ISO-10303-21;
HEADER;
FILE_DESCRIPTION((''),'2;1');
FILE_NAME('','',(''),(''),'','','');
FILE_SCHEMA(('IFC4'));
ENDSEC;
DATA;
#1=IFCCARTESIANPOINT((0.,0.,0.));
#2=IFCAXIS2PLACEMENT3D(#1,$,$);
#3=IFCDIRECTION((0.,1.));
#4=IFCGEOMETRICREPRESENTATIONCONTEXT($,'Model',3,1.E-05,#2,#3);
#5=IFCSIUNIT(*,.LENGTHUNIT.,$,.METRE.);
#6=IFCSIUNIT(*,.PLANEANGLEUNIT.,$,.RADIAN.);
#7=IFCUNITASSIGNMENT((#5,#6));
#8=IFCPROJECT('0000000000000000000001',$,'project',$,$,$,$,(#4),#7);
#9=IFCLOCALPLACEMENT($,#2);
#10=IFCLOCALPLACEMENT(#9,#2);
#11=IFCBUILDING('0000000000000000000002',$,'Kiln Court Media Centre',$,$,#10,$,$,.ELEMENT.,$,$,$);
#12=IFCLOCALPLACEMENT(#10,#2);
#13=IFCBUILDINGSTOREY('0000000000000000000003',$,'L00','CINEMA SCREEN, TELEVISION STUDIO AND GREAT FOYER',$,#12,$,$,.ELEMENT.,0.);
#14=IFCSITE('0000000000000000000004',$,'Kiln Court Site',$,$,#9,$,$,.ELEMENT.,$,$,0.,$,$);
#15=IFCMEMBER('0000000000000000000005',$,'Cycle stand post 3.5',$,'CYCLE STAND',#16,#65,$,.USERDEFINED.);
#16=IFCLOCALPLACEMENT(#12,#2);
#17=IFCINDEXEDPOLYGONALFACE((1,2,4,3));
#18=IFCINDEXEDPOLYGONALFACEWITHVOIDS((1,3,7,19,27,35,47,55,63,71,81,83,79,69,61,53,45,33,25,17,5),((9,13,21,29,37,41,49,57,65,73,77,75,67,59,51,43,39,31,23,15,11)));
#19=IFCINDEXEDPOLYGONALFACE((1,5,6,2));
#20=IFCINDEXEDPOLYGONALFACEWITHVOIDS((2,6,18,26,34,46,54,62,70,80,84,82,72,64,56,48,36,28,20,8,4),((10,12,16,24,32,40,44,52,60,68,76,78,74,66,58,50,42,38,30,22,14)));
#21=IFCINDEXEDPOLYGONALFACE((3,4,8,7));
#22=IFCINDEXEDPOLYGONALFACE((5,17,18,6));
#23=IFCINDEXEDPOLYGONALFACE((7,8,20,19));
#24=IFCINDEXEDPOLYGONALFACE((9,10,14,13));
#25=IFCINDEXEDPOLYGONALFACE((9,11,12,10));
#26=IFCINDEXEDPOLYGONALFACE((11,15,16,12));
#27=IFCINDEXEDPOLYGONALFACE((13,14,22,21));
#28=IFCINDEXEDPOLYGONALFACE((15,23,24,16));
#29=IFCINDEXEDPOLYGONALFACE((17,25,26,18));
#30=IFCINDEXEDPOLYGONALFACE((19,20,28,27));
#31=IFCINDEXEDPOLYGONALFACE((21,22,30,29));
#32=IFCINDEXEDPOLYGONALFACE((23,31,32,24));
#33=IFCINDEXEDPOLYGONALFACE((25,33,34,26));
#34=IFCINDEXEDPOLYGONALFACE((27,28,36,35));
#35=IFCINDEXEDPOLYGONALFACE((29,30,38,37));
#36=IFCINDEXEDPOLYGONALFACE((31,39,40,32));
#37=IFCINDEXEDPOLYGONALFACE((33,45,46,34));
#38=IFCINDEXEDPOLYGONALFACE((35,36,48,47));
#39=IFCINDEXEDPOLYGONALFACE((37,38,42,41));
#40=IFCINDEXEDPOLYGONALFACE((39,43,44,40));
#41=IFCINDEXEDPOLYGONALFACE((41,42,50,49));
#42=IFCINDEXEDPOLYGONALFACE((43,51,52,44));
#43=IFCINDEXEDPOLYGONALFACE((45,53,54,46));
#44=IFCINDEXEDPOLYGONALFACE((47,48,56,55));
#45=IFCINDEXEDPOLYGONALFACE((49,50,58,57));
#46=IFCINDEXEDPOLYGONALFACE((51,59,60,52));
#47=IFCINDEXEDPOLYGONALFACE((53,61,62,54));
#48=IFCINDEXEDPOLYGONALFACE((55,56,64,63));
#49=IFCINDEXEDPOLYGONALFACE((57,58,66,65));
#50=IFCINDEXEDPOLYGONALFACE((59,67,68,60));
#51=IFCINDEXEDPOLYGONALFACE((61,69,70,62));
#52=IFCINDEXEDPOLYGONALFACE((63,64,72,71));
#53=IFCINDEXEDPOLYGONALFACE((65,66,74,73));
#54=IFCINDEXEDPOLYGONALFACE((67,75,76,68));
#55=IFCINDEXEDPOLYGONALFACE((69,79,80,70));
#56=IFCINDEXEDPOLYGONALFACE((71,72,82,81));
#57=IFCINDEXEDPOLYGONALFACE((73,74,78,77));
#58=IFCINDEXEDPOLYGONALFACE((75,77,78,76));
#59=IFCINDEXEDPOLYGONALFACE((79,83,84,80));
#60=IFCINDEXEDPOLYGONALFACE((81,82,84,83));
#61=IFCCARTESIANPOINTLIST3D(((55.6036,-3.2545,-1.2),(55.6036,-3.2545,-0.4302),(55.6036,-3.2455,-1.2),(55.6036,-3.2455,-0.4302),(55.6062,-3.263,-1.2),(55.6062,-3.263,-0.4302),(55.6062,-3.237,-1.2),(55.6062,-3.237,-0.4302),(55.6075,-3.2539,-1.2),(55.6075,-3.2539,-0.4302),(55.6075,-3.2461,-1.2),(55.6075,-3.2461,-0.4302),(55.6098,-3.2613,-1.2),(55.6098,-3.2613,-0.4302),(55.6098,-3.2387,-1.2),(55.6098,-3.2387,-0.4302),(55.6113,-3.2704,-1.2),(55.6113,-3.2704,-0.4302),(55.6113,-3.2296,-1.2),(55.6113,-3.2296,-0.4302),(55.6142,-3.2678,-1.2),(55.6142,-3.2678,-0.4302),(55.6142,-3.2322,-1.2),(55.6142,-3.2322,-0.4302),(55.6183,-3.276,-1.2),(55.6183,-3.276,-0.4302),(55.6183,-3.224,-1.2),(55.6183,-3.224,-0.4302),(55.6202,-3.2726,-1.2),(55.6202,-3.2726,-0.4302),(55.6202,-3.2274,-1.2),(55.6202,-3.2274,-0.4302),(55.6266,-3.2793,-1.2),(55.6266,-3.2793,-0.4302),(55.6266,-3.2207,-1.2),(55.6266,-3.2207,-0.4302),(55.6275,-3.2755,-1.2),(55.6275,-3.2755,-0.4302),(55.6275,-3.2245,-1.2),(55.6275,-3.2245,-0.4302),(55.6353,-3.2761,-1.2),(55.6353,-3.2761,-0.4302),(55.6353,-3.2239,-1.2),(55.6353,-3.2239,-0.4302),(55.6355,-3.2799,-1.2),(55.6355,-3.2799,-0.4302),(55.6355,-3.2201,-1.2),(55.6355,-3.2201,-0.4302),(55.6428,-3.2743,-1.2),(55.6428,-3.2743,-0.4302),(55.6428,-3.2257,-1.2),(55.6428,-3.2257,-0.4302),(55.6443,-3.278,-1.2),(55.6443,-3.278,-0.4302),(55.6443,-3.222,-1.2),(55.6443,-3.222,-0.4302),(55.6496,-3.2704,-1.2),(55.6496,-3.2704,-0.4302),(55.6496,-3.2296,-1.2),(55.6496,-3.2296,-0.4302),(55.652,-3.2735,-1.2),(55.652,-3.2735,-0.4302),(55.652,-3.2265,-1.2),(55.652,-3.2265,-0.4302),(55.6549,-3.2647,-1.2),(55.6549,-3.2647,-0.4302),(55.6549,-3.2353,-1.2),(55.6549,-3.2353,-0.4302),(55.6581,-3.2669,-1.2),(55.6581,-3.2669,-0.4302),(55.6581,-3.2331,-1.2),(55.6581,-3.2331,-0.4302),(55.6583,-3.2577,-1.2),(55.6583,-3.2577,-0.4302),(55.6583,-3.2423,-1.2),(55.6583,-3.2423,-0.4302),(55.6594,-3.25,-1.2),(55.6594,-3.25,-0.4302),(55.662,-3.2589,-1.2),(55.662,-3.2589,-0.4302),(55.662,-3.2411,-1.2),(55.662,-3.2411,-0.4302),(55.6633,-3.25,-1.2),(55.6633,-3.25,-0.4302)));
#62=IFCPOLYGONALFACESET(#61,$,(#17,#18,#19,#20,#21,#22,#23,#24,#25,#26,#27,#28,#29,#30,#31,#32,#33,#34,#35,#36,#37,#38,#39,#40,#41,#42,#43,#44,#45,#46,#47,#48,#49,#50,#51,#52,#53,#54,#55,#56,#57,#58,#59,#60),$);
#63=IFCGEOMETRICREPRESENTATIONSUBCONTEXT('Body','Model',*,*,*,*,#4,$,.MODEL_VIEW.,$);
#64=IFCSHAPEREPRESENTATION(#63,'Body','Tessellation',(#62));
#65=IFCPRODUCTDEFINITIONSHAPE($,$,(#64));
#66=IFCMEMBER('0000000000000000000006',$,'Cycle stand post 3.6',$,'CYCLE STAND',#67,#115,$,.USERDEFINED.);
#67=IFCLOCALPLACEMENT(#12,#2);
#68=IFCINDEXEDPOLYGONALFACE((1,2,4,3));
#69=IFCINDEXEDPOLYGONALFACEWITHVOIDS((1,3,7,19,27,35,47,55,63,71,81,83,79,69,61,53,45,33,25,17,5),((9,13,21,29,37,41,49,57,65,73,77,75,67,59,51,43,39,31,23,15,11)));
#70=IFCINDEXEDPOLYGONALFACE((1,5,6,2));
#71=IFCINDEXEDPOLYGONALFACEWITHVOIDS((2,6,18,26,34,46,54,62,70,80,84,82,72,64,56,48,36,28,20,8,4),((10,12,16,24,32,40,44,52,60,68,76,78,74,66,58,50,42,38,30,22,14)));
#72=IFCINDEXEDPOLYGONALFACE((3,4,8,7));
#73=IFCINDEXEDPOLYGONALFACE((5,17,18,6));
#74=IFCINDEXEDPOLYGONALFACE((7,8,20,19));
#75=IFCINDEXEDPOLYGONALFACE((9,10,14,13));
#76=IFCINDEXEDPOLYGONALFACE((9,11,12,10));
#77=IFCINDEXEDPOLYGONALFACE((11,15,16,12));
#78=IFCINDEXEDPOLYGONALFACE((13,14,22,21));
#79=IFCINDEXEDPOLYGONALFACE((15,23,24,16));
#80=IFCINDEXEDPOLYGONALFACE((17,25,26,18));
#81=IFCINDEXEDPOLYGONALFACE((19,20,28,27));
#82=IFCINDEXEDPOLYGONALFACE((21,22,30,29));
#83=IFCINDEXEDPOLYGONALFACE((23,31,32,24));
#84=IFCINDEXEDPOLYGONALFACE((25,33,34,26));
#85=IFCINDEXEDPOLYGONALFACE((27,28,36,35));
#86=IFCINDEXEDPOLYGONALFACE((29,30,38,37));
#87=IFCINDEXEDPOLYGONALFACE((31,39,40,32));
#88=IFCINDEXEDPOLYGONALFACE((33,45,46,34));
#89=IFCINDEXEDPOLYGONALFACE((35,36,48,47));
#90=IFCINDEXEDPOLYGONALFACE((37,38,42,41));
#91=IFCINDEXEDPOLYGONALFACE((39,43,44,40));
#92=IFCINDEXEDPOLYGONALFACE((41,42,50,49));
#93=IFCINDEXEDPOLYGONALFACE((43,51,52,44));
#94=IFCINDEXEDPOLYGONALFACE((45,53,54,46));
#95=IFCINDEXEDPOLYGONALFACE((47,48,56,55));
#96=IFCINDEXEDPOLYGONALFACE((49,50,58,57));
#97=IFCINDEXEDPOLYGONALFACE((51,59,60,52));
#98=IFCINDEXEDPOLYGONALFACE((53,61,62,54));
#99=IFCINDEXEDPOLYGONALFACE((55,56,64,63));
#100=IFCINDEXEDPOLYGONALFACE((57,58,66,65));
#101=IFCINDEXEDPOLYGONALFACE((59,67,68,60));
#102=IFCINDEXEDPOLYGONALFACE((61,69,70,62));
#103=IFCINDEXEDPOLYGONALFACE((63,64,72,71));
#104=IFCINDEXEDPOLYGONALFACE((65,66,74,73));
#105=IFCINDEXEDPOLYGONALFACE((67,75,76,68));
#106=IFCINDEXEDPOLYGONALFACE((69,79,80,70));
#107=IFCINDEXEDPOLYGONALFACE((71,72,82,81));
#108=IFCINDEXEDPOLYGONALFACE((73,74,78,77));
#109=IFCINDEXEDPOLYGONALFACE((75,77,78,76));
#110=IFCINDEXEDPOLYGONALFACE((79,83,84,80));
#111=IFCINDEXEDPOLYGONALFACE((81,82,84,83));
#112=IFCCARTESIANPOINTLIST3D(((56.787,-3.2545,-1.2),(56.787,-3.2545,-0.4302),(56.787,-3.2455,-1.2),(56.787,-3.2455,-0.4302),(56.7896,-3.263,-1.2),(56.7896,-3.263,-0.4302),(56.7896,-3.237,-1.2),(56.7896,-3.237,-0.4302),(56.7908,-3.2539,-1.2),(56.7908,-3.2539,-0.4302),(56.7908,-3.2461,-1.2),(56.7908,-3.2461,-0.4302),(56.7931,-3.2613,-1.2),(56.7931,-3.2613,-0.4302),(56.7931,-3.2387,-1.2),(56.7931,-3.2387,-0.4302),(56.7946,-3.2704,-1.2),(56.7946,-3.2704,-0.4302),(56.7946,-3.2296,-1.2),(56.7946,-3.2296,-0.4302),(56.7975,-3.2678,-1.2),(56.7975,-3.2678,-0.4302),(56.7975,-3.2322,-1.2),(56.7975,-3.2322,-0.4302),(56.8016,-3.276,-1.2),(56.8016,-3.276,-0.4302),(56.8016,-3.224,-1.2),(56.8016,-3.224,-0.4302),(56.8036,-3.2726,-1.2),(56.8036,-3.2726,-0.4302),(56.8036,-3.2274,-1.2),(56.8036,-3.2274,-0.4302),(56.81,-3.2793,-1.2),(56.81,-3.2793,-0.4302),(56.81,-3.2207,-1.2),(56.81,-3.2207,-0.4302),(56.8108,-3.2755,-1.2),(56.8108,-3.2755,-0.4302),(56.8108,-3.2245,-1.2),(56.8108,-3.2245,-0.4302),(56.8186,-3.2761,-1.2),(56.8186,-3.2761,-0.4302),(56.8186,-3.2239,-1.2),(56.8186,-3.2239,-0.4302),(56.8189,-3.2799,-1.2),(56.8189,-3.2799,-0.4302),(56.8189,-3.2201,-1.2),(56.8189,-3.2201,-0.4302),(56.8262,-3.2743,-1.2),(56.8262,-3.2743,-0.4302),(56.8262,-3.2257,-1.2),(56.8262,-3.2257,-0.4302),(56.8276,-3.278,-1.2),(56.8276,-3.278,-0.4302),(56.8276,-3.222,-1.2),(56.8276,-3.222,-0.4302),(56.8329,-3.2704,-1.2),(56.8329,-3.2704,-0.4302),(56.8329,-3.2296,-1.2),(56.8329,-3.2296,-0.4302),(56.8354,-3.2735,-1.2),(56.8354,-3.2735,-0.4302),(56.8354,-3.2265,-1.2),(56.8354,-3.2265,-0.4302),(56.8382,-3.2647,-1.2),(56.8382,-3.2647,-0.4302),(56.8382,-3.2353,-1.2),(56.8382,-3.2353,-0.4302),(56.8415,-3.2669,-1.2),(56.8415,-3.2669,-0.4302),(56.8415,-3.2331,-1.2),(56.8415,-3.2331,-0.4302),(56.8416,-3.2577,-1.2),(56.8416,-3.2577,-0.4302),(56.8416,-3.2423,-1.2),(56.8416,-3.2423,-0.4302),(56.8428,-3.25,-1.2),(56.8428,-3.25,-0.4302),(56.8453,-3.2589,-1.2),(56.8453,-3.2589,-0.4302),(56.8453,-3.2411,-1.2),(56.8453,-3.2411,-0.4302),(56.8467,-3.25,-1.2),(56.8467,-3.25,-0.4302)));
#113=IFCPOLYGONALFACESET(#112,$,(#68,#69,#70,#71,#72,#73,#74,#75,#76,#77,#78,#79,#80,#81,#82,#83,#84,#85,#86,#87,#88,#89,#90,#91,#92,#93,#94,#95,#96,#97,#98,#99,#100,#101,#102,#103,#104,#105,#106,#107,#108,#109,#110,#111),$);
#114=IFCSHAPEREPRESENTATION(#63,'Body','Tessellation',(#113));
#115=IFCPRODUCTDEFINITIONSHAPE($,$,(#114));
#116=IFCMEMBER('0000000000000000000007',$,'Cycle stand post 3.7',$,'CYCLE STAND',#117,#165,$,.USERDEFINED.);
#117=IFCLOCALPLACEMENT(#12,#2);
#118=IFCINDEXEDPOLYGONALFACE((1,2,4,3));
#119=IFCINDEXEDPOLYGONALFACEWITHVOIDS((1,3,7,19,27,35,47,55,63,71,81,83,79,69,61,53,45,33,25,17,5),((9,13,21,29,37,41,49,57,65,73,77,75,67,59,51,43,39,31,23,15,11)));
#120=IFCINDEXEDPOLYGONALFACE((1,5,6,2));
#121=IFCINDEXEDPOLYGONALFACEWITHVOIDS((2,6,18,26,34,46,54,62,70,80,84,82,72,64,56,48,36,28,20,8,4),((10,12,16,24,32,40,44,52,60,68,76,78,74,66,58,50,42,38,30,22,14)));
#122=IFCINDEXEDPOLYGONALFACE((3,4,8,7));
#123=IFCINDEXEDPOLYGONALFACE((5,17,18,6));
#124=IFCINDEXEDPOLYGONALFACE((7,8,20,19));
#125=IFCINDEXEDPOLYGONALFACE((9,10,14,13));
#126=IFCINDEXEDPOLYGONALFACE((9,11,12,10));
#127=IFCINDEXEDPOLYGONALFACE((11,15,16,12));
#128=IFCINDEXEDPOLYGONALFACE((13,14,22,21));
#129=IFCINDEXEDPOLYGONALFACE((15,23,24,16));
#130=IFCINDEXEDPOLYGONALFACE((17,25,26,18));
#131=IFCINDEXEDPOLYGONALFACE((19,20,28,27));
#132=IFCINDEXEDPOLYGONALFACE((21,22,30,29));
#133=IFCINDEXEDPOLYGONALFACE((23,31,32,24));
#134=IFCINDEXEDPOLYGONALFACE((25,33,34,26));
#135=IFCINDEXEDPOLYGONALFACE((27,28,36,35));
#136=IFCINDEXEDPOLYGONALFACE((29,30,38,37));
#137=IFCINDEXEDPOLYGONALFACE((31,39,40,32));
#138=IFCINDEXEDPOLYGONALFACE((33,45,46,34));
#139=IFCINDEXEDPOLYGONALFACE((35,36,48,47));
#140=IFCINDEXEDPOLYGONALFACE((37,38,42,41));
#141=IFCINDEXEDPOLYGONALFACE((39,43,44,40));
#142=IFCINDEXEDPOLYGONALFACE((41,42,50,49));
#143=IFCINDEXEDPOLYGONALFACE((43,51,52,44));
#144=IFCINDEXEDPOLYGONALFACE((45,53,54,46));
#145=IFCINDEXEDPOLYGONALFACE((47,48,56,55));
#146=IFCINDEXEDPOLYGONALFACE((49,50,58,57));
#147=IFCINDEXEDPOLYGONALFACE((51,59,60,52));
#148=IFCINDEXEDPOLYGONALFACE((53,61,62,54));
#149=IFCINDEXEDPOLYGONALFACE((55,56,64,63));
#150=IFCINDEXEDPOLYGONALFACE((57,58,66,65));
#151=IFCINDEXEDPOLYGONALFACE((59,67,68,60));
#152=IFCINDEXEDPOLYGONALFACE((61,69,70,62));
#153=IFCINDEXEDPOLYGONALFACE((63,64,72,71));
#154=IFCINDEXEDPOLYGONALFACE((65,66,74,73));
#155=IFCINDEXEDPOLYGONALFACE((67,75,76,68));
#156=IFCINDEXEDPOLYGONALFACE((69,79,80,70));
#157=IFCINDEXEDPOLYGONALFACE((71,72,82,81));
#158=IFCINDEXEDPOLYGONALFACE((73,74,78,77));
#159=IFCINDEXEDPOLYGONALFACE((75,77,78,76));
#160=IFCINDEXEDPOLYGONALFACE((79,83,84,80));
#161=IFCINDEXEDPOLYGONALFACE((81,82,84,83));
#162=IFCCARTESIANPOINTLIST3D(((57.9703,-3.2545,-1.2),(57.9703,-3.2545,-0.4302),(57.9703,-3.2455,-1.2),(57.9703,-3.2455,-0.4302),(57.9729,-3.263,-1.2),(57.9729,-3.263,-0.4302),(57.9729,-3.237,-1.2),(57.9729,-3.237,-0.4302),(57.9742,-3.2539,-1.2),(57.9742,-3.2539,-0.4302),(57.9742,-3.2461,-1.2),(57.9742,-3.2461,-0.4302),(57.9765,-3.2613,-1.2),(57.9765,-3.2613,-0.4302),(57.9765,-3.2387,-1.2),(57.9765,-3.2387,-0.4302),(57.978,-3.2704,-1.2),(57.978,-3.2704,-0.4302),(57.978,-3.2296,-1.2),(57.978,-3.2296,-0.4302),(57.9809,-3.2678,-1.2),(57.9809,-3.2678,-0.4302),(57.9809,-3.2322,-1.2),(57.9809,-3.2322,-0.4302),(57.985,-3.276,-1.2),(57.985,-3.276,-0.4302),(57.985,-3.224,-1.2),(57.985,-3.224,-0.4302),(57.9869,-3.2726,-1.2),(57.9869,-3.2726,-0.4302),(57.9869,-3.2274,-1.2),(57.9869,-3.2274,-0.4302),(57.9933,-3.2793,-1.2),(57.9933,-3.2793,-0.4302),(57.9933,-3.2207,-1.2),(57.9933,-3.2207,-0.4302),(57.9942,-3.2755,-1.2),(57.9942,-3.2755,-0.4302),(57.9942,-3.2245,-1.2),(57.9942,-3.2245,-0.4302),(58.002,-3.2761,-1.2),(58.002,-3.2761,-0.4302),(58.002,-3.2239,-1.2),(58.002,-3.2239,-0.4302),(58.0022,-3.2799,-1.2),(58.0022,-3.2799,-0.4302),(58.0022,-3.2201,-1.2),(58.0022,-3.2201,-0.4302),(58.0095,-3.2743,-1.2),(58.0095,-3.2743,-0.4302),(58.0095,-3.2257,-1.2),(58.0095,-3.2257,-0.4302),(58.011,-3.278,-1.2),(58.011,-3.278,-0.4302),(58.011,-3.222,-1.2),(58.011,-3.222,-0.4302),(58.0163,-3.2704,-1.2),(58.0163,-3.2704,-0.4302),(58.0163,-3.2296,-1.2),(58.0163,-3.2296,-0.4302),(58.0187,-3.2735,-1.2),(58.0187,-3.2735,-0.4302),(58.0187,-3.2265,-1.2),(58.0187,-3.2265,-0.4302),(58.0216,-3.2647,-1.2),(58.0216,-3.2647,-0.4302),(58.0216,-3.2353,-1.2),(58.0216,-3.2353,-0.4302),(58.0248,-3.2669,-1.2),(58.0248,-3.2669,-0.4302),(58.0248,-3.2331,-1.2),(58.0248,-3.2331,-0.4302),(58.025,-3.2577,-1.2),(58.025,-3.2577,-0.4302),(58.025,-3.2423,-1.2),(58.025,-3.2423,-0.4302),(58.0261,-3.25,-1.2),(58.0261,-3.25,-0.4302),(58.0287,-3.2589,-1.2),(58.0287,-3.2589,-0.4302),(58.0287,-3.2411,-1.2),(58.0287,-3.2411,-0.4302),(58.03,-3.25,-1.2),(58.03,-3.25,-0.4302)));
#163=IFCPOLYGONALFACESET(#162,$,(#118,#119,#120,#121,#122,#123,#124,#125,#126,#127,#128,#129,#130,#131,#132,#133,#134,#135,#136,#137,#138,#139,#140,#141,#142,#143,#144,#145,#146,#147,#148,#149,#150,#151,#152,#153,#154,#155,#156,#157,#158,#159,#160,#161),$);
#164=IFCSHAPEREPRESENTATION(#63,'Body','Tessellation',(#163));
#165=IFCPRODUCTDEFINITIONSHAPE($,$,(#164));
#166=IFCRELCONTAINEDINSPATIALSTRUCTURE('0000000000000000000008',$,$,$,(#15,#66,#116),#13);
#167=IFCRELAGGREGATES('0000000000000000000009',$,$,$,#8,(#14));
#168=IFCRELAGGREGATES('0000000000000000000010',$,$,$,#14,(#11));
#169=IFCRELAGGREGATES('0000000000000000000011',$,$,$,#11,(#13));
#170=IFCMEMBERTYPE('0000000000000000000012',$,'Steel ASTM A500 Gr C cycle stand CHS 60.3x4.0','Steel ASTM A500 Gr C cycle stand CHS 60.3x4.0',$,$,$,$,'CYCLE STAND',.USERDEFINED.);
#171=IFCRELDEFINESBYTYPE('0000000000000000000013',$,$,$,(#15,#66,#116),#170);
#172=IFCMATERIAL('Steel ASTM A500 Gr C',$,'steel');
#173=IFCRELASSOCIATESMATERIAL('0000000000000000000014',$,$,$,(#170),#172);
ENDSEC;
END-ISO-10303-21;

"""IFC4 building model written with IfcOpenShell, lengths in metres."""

from ifc_helpers import new_model, si_unit, direction, frame, origin, origin_2d, place, context, subcontext, project, spatial, hollow_circle, extrude, material, material_profile, profile_set, type_object, element, save


model = new_model("IFC4")

# Units and contexts
model_context = context("Model", 3, precision=1e-05, world=origin(), true_north=direction((0.0, 1.0)))
body_context = subcontext(model_context, "Body", "Model", "MODEL_VIEW")
ifc_project = project(units=[si_unit("LENGTHUNIT", "METRE"), si_unit("PLANEANGLEUNIT", "RADIAN")], contexts=[model_context])

# Site, building, storey
site_placement = place(None, origin())
site = spatial("IfcSite", under=ifc_project, at=site_placement, Name="Kiln Court Site", CompositionType="ELEMENT", RefElevation=0.0)
building_placement = place(site_placement, origin())
building = spatial("IfcBuilding", under=site, at=building_placement, Name="Kiln Court Media Centre", CompositionType="ELEMENT")
storey_placement = place(building_placement, origin())
storey = spatial("IfcBuildingStorey", under=building, at=storey_placement, Name="L00", Description="CINEMA SCREEN, TELEVISION STUDIO AND GREAT FOYER", CompositionType="ELEMENT", Elevation=0.0)

# Members
ifc_material = material(Name="Steel ASTM A500 Gr C", Category="steel")
ifc_material_profile = material_profile(ifc_material, hollow_circle(Radius=0.03, WallThickness=0.0039, at=origin_2d()), Name="CHS 60.3x4.0")
ifc_profile_set = profile_set([ifc_material_profile], Name="Steel ASTM A500 Gr C")
member_type = type_object("IfcMemberType", Name="Steel ASTM A500 Gr C cycle stand CHS 60.3x4.0", Description="Steel ASTM A500 Gr C cycle stand CHS 60.3x4.0", ElementType="CYCLE STAND", PredefinedType="USERDEFINED", material=ifc_profile_set)
for number, where, z_axis, x_axis, name in (
    (1, (55.6333, -3.25, -1.2), (0.0, 0.0, 1.0), (1.0, 0.0, 0.0), "Cycle stand post 3.5"),
    (2, (56.8167, -3.25, -1.2), (0.0, 0.0, 1.0), (1.0, 0.0, 0.0), "Cycle stand post 3.6"),
    (3, (58.0, -3.25, -1.2), (0.0, 0.0, 1.0), (1.0, 0.0, 0.0), "Cycle stand post 3.7"),
):
    element("IfcMember", number, at=place(storey_placement, frame(where, z_axis=z_axis, x_axis=x_axis)), inside=storey, type_object=member_type, Name=name, ObjectType="CYCLE STAND", PredefinedType="USERDEFINED", context=body_context, shape_type="SweptSolid", body=[
        extrude(hollow_circle(Radius=0.03, WallThickness=0.0039, at=origin_2d()), origin(), (0.0, 0.0, 1.0), 0.7698),
    ])

save(model, "model.ifc")
